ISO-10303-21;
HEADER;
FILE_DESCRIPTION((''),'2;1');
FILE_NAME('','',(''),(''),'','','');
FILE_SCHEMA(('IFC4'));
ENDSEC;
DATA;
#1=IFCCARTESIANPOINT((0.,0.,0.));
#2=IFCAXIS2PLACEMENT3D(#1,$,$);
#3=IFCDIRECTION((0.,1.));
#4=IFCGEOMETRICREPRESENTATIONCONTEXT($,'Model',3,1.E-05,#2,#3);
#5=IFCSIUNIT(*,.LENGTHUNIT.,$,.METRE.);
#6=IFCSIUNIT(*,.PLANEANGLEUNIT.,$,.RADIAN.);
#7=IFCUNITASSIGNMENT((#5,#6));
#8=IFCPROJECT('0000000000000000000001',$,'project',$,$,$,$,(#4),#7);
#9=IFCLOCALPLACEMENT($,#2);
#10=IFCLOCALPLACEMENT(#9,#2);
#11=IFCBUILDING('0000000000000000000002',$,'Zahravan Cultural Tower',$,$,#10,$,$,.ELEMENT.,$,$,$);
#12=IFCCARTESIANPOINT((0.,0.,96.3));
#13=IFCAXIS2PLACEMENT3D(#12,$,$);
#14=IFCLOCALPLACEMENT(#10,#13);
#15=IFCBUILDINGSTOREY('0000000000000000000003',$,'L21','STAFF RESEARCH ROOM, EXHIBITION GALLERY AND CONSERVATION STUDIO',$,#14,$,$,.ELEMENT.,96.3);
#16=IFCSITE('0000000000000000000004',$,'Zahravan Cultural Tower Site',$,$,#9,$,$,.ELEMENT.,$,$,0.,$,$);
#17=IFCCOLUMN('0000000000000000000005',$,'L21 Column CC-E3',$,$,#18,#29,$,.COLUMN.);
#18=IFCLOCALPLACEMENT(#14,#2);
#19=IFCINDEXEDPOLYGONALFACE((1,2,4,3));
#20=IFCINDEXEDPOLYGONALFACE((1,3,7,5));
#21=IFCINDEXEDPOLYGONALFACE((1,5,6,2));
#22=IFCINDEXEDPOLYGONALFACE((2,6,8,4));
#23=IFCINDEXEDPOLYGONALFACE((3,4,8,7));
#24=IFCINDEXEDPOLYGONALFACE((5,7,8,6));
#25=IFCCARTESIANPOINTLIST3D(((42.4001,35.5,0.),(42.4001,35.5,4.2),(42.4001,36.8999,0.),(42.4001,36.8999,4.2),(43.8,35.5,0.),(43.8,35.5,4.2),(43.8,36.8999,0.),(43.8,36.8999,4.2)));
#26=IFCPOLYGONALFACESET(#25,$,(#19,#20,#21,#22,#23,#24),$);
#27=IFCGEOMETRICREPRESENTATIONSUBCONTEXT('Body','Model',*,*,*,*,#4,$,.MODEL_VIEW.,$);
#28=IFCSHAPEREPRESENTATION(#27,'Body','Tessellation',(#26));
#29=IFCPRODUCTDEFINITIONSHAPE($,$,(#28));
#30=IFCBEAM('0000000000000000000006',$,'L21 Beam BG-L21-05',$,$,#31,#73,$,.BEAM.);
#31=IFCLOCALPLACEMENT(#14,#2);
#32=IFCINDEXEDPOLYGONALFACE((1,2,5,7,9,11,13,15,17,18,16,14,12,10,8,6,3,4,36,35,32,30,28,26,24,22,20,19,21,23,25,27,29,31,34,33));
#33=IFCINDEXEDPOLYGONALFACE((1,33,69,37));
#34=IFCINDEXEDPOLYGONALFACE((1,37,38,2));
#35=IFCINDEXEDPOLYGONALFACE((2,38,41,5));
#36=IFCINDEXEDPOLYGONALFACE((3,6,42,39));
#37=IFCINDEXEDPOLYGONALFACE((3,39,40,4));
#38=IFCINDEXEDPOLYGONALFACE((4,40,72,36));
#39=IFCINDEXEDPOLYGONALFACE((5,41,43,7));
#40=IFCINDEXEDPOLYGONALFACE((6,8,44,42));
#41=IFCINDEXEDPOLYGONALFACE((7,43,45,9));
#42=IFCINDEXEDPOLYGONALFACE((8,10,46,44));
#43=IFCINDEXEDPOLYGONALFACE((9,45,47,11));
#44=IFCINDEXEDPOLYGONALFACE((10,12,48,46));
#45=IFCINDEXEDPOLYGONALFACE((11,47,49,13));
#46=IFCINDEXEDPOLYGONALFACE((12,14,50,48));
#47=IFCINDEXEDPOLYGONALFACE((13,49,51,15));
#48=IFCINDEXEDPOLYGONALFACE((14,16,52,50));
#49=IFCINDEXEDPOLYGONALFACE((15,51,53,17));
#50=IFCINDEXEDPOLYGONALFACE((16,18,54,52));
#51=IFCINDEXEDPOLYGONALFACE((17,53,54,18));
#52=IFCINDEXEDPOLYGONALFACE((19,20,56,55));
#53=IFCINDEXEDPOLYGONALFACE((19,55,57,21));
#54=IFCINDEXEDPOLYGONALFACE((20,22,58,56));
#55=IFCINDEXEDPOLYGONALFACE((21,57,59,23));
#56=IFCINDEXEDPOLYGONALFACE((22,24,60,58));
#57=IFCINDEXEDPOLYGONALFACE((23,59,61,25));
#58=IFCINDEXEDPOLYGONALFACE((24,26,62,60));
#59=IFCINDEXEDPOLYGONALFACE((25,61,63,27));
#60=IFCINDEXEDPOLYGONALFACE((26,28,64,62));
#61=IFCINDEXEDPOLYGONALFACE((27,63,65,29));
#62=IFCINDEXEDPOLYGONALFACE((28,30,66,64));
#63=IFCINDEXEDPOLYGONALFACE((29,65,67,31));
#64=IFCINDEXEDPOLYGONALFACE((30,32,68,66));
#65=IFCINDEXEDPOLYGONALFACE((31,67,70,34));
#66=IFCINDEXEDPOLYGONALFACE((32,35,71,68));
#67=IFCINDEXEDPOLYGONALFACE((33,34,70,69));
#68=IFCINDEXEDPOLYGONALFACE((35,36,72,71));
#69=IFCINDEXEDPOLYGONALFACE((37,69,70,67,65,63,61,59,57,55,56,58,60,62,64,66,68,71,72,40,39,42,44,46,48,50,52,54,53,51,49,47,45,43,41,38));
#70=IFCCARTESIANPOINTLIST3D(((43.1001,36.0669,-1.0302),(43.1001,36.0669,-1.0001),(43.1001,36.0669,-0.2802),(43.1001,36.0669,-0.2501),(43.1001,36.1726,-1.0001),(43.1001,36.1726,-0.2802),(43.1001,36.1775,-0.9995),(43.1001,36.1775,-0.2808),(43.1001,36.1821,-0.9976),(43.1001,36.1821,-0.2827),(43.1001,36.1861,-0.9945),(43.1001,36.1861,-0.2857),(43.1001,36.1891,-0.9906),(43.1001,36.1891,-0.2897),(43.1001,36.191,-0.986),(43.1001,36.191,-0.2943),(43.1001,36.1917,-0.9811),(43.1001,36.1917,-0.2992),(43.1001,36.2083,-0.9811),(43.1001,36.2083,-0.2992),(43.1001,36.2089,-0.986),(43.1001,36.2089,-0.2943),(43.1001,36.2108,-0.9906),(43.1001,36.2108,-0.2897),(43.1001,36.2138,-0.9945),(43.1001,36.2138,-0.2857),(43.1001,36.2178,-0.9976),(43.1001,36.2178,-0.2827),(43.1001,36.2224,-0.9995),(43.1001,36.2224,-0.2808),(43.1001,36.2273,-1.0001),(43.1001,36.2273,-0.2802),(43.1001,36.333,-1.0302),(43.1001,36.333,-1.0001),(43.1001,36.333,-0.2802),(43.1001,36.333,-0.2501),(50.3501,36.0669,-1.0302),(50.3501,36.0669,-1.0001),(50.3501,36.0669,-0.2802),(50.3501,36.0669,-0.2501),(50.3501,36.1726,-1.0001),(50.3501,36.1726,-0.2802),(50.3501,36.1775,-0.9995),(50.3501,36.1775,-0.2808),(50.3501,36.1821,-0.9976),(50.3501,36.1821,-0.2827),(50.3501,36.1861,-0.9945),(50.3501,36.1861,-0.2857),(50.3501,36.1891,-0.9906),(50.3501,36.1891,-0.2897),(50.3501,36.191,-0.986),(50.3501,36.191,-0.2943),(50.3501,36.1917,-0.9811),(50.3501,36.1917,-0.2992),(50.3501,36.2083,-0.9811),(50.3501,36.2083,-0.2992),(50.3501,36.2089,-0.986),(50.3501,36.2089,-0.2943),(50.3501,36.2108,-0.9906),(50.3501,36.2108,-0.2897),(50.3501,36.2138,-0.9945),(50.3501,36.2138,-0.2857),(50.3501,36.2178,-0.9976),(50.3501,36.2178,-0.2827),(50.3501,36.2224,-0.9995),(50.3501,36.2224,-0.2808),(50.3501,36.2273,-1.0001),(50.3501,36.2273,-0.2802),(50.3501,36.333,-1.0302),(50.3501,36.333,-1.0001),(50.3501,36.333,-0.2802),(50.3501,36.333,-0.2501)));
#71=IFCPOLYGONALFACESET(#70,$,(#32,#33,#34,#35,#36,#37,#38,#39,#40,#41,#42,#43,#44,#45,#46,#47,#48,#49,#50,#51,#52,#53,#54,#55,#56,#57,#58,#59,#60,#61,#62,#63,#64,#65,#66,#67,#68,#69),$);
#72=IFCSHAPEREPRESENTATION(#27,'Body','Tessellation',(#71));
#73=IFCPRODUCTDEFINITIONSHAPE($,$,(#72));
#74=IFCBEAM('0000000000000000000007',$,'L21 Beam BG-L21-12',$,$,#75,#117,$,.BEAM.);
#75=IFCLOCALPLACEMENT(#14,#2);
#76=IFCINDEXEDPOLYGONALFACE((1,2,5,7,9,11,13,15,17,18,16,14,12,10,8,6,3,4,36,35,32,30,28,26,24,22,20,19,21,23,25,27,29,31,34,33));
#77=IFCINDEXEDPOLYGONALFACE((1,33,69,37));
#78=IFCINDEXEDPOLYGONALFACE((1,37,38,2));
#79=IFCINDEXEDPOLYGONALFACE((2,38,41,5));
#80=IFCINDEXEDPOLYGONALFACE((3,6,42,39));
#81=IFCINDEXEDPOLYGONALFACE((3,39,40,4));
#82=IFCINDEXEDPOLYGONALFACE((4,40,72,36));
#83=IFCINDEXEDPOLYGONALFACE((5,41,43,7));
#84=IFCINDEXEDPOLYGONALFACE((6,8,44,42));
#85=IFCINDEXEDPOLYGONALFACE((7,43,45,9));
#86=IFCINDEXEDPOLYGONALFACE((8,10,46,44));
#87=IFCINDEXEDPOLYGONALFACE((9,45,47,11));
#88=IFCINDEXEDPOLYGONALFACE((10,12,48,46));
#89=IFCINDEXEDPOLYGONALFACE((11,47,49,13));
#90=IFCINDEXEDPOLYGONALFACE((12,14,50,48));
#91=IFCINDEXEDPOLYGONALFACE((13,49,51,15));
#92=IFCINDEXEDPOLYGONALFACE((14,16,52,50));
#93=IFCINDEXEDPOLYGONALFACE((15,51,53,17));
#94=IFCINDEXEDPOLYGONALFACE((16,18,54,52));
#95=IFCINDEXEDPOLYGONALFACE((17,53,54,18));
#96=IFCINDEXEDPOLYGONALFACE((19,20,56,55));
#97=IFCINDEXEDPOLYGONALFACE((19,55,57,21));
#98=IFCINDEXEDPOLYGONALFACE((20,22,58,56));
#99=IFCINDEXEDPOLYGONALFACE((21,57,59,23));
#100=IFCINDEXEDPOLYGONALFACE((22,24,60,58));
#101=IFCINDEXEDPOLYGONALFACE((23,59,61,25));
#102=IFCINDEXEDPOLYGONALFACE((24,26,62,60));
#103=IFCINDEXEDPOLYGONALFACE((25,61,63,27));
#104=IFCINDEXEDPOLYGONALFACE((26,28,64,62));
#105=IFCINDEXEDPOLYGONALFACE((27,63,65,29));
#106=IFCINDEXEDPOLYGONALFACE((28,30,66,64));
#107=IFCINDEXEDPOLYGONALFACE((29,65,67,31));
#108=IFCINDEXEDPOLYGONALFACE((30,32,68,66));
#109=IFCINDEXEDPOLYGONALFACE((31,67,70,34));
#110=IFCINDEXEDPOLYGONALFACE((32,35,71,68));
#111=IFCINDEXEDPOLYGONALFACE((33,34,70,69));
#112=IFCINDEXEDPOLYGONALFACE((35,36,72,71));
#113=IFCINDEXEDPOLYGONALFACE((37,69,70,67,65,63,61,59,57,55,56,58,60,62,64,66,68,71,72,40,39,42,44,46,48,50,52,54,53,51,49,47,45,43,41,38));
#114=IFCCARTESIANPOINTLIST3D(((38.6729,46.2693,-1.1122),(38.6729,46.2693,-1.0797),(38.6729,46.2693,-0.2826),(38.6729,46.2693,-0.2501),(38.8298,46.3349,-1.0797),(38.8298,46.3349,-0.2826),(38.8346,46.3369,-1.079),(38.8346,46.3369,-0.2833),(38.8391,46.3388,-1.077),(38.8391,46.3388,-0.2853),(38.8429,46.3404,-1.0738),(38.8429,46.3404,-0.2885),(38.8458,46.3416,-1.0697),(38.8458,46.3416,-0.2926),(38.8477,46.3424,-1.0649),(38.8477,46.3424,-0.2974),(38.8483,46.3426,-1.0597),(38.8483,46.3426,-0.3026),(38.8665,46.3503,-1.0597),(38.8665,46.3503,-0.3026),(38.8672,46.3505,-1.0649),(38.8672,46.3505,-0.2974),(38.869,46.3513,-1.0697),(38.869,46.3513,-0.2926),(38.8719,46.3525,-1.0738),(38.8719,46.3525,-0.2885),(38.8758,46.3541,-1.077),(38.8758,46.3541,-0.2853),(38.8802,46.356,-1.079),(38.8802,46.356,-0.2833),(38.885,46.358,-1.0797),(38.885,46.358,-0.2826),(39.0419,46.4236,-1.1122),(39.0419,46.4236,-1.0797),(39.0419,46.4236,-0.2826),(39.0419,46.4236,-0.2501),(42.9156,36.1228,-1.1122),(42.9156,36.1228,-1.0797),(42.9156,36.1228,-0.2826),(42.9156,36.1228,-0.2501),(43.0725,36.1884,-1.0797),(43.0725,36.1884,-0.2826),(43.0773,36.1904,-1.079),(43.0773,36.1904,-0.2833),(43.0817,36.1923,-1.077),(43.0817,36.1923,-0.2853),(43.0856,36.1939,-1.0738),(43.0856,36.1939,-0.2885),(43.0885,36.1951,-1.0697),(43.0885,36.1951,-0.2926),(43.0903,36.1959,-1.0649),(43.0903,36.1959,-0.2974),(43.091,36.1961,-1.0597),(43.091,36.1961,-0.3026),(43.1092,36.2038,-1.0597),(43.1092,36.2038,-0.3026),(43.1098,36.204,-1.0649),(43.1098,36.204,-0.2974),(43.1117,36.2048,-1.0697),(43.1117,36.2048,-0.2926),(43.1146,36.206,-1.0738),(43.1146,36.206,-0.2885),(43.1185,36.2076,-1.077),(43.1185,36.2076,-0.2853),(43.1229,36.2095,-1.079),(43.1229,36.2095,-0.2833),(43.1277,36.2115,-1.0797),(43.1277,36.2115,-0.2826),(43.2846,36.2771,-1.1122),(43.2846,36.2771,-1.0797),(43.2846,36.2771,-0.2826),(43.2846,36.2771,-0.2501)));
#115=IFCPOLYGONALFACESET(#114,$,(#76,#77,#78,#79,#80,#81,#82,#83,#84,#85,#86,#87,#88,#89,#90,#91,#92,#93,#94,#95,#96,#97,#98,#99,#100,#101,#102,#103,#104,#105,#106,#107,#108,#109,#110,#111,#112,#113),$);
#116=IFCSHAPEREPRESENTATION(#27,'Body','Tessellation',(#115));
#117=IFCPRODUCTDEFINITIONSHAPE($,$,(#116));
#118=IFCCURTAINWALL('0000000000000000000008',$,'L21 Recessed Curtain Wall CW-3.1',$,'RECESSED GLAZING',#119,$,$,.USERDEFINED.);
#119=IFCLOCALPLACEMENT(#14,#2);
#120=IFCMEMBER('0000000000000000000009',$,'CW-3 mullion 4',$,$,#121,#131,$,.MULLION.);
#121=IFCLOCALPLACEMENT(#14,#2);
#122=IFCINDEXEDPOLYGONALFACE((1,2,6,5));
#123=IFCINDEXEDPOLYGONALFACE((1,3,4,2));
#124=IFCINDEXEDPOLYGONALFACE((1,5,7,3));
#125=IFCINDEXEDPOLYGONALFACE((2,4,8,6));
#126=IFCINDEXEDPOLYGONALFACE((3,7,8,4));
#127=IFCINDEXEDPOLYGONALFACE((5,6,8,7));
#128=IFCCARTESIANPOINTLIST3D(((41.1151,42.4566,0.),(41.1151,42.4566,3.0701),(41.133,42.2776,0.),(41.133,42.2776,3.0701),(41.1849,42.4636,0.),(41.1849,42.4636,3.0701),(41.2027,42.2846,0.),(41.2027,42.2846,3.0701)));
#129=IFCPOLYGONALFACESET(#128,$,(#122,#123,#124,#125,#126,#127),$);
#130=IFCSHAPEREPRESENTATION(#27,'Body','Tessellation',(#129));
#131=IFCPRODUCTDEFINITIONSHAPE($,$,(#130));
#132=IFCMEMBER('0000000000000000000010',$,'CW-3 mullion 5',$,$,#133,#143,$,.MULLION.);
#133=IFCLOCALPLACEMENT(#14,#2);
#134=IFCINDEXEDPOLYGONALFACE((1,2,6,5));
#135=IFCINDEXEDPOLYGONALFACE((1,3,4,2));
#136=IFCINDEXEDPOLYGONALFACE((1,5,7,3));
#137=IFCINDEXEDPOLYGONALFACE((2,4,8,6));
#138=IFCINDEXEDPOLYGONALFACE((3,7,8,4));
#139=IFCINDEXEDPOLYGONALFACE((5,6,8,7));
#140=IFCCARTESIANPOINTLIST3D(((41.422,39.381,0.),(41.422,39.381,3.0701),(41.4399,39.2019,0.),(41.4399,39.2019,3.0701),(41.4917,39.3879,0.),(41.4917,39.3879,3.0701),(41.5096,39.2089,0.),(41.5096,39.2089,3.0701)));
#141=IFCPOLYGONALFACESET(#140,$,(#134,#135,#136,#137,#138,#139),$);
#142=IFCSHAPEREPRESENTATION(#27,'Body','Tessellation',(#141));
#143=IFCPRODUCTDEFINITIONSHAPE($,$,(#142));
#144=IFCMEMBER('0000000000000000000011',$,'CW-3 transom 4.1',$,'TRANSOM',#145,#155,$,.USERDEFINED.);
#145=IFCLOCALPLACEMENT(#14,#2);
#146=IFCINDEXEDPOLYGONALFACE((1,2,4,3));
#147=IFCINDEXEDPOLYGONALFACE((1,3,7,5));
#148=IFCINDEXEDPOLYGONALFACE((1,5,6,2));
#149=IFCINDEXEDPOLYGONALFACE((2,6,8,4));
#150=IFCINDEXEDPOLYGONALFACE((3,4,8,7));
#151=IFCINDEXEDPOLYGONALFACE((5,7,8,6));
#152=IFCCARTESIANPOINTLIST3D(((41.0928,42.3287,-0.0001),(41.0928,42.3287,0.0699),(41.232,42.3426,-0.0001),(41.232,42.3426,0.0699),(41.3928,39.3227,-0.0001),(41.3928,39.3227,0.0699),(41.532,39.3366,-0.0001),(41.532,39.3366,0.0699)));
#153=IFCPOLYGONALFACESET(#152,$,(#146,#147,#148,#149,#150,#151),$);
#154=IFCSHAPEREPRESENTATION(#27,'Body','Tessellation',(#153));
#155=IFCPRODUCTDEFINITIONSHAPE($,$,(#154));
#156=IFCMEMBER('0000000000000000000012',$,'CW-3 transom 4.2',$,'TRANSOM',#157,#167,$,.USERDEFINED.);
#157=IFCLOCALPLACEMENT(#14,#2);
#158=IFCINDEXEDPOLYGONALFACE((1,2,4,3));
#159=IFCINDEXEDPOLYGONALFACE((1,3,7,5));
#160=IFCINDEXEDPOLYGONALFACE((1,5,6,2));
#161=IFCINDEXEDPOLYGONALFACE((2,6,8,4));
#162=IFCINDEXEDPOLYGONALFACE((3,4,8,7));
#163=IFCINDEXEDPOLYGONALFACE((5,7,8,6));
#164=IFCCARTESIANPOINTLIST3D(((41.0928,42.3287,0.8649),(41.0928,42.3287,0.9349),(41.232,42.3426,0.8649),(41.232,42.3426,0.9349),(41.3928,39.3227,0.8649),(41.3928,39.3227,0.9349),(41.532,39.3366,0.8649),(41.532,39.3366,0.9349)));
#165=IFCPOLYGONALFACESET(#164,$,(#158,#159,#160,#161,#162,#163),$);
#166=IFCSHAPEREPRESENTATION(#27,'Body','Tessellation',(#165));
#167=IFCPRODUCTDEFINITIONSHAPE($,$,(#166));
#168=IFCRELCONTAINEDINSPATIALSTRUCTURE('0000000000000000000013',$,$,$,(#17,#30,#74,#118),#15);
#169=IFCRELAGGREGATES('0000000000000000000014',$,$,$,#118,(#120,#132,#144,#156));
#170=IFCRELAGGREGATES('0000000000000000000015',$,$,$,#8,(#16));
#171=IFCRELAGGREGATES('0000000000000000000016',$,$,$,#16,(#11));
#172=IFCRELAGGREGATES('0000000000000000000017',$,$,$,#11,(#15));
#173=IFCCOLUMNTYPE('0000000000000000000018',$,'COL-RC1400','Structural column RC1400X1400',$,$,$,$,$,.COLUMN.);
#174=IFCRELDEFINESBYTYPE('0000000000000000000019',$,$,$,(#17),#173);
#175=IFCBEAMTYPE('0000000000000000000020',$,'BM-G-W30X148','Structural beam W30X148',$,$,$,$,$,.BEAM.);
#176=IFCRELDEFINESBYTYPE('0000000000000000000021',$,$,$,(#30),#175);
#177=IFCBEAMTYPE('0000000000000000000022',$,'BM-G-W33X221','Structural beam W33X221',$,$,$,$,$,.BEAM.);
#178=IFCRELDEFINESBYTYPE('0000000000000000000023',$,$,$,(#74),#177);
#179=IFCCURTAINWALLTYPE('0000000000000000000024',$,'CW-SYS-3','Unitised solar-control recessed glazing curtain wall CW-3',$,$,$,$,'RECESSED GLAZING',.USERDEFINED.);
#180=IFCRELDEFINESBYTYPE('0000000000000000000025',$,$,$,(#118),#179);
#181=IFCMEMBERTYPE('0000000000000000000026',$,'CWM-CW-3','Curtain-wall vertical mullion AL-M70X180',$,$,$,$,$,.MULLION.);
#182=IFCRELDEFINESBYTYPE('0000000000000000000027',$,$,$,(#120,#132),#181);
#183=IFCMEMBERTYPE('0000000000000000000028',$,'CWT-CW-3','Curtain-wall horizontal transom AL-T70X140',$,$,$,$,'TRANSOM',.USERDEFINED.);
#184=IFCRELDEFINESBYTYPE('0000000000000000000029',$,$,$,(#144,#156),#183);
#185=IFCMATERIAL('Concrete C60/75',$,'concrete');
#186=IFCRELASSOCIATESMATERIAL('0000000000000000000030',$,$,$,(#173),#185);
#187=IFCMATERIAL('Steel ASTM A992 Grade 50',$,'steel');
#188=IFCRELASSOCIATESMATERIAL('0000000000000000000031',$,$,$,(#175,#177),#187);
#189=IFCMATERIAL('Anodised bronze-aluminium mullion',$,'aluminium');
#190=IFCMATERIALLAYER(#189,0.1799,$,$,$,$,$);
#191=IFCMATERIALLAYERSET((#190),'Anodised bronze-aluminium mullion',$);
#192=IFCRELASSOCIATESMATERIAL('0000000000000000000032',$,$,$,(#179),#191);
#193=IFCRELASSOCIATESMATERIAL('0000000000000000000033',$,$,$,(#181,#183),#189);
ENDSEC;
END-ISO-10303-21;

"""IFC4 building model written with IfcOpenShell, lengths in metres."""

from ifc_helpers import new_model, si_unit, direction, frame, origin, origin_2d, place, context, subcontext, project, spatial, rectangle, i_section, extrude, source, transform, mapped, material, layer, layer_set, material_profile, profile_set, type_object, element, aggregate, save


model = new_model("IFC4")

# Units and contexts
model_context = context("Model", 3, precision=1e-05, world=origin(), true_north=direction((0.0, 1.0)))
body_context = subcontext(model_context, "Body", "Model", "MODEL_VIEW")
ifc_project = project(units=[si_unit("LENGTHUNIT", "METRE"), si_unit("PLANEANGLEUNIT", "RADIAN")], contexts=[model_context])

# Site, building, storey
site_placement = place(None, origin())
site = spatial("IfcSite", under=ifc_project, at=site_placement, Name="Zahravan Cultural Tower Site", CompositionType="ELEMENT", RefElevation=0.0)
building_placement = place(site_placement, origin())
building = spatial("IfcBuilding", under=site, at=building_placement, Name="Zahravan Cultural Tower", CompositionType="ELEMENT")
storey_placement = place(building_placement, frame((0.0, 0.0, 96.3)))
storey = spatial("IfcBuildingStorey", under=building, at=storey_placement, Name="L21", Description="STAFF RESEARCH ROOM, EXHIBITION GALLERY AND CONSERVATION STUDIO", CompositionType="ELEMENT", Elevation=96.3)

# Column
ifc_material_1 = material(Name="Concrete C60/75", Category="concrete")
ifc_material_profile_1 = material_profile(ifc_material_1, rectangle(XDim=1.3999, YDim=1.3999, at=origin_2d()), Name="RC1400X1400")
ifc_profile_set_1 = profile_set([ifc_material_profile_1], Name="Concrete C60/75")
column_type = type_object("IfcColumnType", Name="COL-RC1400", Description="Structural column RC1400X1400", PredefinedType="COLUMN", material=ifc_profile_set_1)
shared_shape_1 = source(origin(), body_context, "Body", "SweptSolid", [
    extrude(rectangle(XDim=1.3999, YDim=1.3999, at=origin_2d()), origin(), (0.0, 0.0, 1.0), 4.2),
])
column_placement = place(storey_placement, frame((43.1001, 36.2, 0.0), z_axis=(0.0, 0.0, 1.0), x_axis=(1.0, 0.0, 0.0)))
element("IfcColumn", 1, at=column_placement, inside=storey, type_object=column_type, Name="L21 Column CC-E3", PredefinedType="COLUMN", context=body_context, shape_type="MappedRepresentation", body=[
    mapped(shared_shape_1, transform((0.0, 0.0, 0.0), x_axis=(1.0, 0.0, 0.0), y_axis=(0.0, 1.0, 0.0), z_axis=(0.0, 0.0, 1.0), scale=1.0)),
])

# Beams
ifc_material_2 = material(Name="Steel ASTM A992 Grade 50", Category="steel")
ifc_material_profile_2 = material_profile(ifc_material_2, i_section(OverallWidth=0.2661, OverallDepth=0.78, WebThickness=0.0166, FlangeThickness=0.03, FilletRadius=0.019, at=origin_2d()), Name="W30X148")
ifc_profile_set_2 = profile_set([ifc_material_profile_2], Name="Steel ASTM A992 Grade 50")
beam_type_1 = type_object("IfcBeamType", Name="BM-G-W30X148", Description="Structural beam W30X148", PredefinedType="BEAM", material=ifc_profile_set_2)
shared_shape_2 = source(origin(), body_context, "Body", "SweptSolid", [
    extrude(i_section(OverallWidth=0.2661, OverallDepth=0.78, WebThickness=0.0166, FlangeThickness=0.03, FilletRadius=0.019, at=origin_2d()), origin(), (0.0, 0.0, 1.0), 7.25),
])
beam_1_placement = place(storey_placement, frame((43.1001, 36.2, -0.6401), z_axis=(1.0, 0.0, 0.0), x_axis=(0.0, 1.0, 0.0)))
element("IfcBeam", 2, at=beam_1_placement, inside=storey, type_object=beam_type_1, Name="L21 Beam BG-L21-05", PredefinedType="BEAM", context=body_context, shape_type="MappedRepresentation", body=[
    mapped(shared_shape_2, transform((0.0, 0.0, 0.0), x_axis=(1.0, 0.0, 0.0), y_axis=(0.0, 1.0, 0.0), z_axis=(0.0, 0.0, 1.0), scale=1.0)),
])
ifc_material_profile_3 = material_profile(ifc_material_2, i_section(OverallWidth=0.3999, OverallDepth=0.8621, WebThickness=0.0198, FlangeThickness=0.0325, FilletRadius=0.02, at=origin_2d()), Name="W33X221")
ifc_profile_set_3 = profile_set([ifc_material_profile_3], Name="Steel ASTM A992 Grade 50")
beam_type_2 = type_object("IfcBeamType", Name="BM-G-W33X221", Description="Structural beam W33X221", PredefinedType="BEAM", material=ifc_profile_set_3)
shared_shape_3 = source(origin(), body_context, "Body", "SweptSolid", [
    extrude(i_section(OverallWidth=0.3999, OverallDepth=0.8621, WebThickness=0.0198, FlangeThickness=0.0325, FilletRadius=0.02, at=origin_2d()), origin(), (0.0, 0.0, 1.0), 10.9978),
])
beam_2_placement = place(storey_placement, frame((43.1001, 36.2, -0.6812), z_axis=(-0.385775, 0.922593, 0.0), x_axis=(-0.922593, -0.385775, 0.0)))
element("IfcBeam", 3, at=beam_2_placement, inside=storey, type_object=beam_type_2, Name="L21 Beam BG-L21-12", PredefinedType="BEAM", context=body_context, shape_type="MappedRepresentation", body=[
    mapped(shared_shape_3, transform((0.0, 0.0, 0.0), x_axis=(1.0, 0.0, 0.0), y_axis=(0.0, 1.0, 0.0), z_axis=(0.0, 0.0, 1.0), scale=1.0)),
])

# Curtain wall, members
ifc_material_3 = material(Name="Anodised bronze-aluminium mullion", Category="aluminium")
ifc_layer_1 = layer(ifc_material_3, 0.1799)
ifc_layer_set_1 = layer_set([ifc_layer_1], Name="Anodised bronze-aluminium mullion")
curtain_wall_type = type_object("IfcCurtainWallType", Name="CW-SYS-3", Description="Unitised solar-control recessed glazing curtain wall CW-3", ElementType="RECESSED GLAZING", PredefinedType="USERDEFINED", material=ifc_layer_set_1)
curtain_wall_placement = place(storey_placement, origin())
curtain_wall = element("IfcCurtainWall", 4, at=curtain_wall_placement, inside=storey, type_object=curtain_wall_type, Name="L21 Recessed Curtain Wall CW-3.1", ObjectType="RECESSED GLAZING", PredefinedType="USERDEFINED")
ifc_material_profile_4 = material_profile(ifc_material_3, rectangle(XDim=0.0701, YDim=0.1799, at=origin_2d()), Name="AL-M70X180")
ifc_profile_set_4 = profile_set([ifc_material_profile_4], Name="Anodised bronze-aluminium mullion")
member_type_1 = type_object("IfcMemberType", Name="CWM-CW-3", Description="Curtain-wall vertical mullion AL-M70X180", PredefinedType="MULLION", material=ifc_profile_set_4)
shared_shape_4 = source(origin(), body_context, "Body", "SweptSolid", [
    extrude(rectangle(XDim=0.0701, YDim=0.1799, at=origin_2d()), origin(), (0.0, 0.0, 1.0), 3.0701),
])
member_1_placement = place(storey_placement, frame((41.1589, 42.3706, 0.0), z_axis=(0.0, 0.0, 1.0), x_axis=(0.995055, 0.099322, 0.0)))
member_1 = element("IfcMember", 5, at=member_1_placement, type_object=member_type_1, Name="CW-3 mullion 4", PredefinedType="MULLION", context=body_context, shape_type="MappedRepresentation", body=[
    mapped(shared_shape_4, transform((0.0, 0.0, 0.0), x_axis=(1.0, 0.0, 0.0), y_axis=(0.0, 1.0, 0.0), z_axis=(0.0, 0.0, 1.0), scale=1.0)),
])
member_2_placement = place(storey_placement, frame((41.4658, 39.2949, 0.0), z_axis=(0.0, 0.0, 1.0), x_axis=(0.995055, 0.099322, 0.0)))
member_2 = element("IfcMember", 6, at=member_2_placement, type_object=member_type_1, Name="CW-3 mullion 5", PredefinedType="MULLION", context=body_context, shape_type="MappedRepresentation", body=[
    mapped(shared_shape_4, transform((0.0, 0.0, 0.0), x_axis=(1.0, 0.0, 0.0), y_axis=(0.0, 1.0, 0.0), z_axis=(0.0, 0.0, 1.0), scale=1.0)),
])
ifc_material_profile_5 = material_profile(ifc_material_3, rectangle(XDim=0.1399, YDim=0.0701, at=origin_2d()), Name="AL-T70X140")
ifc_profile_set_5 = profile_set([ifc_material_profile_5], Name="Anodised bronze-aluminium mullion")
member_type_2 = type_object("IfcMemberType", Name="CWT-CW-3", Description="Curtain-wall horizontal transom AL-T70X140", ElementType="TRANSOM", PredefinedType="USERDEFINED", material=ifc_profile_set_5)
shared_shape_5 = source(origin(), body_context, "Body", "SweptSolid", [
    extrude(rectangle(XDim=0.1399, YDim=0.0701, at=origin_2d()), origin(), (0.0, 0.0, 1.0), 3.021),
])
member_3_placement = place(storey_placement, frame((41.1624, 42.3357, 0.0349), z_axis=(0.09932, -0.995056, 0.0), x_axis=(0.995056, 0.09932, 0.0)))
member_3 = element("IfcMember", 7, at=member_3_placement, type_object=member_type_2, Name="CW-3 transom 4.1", ObjectType="TRANSOM", PredefinedType="USERDEFINED", context=body_context, shape_type="MappedRepresentation", body=[
    mapped(shared_shape_5, transform((0.0, 0.0, 0.0), x_axis=(1.0, 0.0, 0.0), y_axis=(0.0, 1.0, 0.0), z_axis=(0.0, 0.0, 1.0), scale=1.0)),
])
member_4_placement = place(storey_placement, frame((41.1624, 42.3357, 0.8999), z_axis=(0.09932, -0.995056, 0.0), x_axis=(0.995056, 0.09932, 0.0)))
member_4 = element("IfcMember", 8, at=member_4_placement, type_object=member_type_2, Name="CW-3 transom 4.2", ObjectType="TRANSOM", PredefinedType="USERDEFINED", context=body_context, shape_type="MappedRepresentation", body=[
    mapped(shared_shape_5, transform((0.0, 0.0, 0.0), x_axis=(1.0, 0.0, 0.0), y_axis=(0.0, 1.0, 0.0), z_axis=(0.0, 0.0, 1.0), scale=1.0)),
])
aggregate(curtain_wall, [member_1, member_2, member_3, member_4])

save(model, "model.ifc")
